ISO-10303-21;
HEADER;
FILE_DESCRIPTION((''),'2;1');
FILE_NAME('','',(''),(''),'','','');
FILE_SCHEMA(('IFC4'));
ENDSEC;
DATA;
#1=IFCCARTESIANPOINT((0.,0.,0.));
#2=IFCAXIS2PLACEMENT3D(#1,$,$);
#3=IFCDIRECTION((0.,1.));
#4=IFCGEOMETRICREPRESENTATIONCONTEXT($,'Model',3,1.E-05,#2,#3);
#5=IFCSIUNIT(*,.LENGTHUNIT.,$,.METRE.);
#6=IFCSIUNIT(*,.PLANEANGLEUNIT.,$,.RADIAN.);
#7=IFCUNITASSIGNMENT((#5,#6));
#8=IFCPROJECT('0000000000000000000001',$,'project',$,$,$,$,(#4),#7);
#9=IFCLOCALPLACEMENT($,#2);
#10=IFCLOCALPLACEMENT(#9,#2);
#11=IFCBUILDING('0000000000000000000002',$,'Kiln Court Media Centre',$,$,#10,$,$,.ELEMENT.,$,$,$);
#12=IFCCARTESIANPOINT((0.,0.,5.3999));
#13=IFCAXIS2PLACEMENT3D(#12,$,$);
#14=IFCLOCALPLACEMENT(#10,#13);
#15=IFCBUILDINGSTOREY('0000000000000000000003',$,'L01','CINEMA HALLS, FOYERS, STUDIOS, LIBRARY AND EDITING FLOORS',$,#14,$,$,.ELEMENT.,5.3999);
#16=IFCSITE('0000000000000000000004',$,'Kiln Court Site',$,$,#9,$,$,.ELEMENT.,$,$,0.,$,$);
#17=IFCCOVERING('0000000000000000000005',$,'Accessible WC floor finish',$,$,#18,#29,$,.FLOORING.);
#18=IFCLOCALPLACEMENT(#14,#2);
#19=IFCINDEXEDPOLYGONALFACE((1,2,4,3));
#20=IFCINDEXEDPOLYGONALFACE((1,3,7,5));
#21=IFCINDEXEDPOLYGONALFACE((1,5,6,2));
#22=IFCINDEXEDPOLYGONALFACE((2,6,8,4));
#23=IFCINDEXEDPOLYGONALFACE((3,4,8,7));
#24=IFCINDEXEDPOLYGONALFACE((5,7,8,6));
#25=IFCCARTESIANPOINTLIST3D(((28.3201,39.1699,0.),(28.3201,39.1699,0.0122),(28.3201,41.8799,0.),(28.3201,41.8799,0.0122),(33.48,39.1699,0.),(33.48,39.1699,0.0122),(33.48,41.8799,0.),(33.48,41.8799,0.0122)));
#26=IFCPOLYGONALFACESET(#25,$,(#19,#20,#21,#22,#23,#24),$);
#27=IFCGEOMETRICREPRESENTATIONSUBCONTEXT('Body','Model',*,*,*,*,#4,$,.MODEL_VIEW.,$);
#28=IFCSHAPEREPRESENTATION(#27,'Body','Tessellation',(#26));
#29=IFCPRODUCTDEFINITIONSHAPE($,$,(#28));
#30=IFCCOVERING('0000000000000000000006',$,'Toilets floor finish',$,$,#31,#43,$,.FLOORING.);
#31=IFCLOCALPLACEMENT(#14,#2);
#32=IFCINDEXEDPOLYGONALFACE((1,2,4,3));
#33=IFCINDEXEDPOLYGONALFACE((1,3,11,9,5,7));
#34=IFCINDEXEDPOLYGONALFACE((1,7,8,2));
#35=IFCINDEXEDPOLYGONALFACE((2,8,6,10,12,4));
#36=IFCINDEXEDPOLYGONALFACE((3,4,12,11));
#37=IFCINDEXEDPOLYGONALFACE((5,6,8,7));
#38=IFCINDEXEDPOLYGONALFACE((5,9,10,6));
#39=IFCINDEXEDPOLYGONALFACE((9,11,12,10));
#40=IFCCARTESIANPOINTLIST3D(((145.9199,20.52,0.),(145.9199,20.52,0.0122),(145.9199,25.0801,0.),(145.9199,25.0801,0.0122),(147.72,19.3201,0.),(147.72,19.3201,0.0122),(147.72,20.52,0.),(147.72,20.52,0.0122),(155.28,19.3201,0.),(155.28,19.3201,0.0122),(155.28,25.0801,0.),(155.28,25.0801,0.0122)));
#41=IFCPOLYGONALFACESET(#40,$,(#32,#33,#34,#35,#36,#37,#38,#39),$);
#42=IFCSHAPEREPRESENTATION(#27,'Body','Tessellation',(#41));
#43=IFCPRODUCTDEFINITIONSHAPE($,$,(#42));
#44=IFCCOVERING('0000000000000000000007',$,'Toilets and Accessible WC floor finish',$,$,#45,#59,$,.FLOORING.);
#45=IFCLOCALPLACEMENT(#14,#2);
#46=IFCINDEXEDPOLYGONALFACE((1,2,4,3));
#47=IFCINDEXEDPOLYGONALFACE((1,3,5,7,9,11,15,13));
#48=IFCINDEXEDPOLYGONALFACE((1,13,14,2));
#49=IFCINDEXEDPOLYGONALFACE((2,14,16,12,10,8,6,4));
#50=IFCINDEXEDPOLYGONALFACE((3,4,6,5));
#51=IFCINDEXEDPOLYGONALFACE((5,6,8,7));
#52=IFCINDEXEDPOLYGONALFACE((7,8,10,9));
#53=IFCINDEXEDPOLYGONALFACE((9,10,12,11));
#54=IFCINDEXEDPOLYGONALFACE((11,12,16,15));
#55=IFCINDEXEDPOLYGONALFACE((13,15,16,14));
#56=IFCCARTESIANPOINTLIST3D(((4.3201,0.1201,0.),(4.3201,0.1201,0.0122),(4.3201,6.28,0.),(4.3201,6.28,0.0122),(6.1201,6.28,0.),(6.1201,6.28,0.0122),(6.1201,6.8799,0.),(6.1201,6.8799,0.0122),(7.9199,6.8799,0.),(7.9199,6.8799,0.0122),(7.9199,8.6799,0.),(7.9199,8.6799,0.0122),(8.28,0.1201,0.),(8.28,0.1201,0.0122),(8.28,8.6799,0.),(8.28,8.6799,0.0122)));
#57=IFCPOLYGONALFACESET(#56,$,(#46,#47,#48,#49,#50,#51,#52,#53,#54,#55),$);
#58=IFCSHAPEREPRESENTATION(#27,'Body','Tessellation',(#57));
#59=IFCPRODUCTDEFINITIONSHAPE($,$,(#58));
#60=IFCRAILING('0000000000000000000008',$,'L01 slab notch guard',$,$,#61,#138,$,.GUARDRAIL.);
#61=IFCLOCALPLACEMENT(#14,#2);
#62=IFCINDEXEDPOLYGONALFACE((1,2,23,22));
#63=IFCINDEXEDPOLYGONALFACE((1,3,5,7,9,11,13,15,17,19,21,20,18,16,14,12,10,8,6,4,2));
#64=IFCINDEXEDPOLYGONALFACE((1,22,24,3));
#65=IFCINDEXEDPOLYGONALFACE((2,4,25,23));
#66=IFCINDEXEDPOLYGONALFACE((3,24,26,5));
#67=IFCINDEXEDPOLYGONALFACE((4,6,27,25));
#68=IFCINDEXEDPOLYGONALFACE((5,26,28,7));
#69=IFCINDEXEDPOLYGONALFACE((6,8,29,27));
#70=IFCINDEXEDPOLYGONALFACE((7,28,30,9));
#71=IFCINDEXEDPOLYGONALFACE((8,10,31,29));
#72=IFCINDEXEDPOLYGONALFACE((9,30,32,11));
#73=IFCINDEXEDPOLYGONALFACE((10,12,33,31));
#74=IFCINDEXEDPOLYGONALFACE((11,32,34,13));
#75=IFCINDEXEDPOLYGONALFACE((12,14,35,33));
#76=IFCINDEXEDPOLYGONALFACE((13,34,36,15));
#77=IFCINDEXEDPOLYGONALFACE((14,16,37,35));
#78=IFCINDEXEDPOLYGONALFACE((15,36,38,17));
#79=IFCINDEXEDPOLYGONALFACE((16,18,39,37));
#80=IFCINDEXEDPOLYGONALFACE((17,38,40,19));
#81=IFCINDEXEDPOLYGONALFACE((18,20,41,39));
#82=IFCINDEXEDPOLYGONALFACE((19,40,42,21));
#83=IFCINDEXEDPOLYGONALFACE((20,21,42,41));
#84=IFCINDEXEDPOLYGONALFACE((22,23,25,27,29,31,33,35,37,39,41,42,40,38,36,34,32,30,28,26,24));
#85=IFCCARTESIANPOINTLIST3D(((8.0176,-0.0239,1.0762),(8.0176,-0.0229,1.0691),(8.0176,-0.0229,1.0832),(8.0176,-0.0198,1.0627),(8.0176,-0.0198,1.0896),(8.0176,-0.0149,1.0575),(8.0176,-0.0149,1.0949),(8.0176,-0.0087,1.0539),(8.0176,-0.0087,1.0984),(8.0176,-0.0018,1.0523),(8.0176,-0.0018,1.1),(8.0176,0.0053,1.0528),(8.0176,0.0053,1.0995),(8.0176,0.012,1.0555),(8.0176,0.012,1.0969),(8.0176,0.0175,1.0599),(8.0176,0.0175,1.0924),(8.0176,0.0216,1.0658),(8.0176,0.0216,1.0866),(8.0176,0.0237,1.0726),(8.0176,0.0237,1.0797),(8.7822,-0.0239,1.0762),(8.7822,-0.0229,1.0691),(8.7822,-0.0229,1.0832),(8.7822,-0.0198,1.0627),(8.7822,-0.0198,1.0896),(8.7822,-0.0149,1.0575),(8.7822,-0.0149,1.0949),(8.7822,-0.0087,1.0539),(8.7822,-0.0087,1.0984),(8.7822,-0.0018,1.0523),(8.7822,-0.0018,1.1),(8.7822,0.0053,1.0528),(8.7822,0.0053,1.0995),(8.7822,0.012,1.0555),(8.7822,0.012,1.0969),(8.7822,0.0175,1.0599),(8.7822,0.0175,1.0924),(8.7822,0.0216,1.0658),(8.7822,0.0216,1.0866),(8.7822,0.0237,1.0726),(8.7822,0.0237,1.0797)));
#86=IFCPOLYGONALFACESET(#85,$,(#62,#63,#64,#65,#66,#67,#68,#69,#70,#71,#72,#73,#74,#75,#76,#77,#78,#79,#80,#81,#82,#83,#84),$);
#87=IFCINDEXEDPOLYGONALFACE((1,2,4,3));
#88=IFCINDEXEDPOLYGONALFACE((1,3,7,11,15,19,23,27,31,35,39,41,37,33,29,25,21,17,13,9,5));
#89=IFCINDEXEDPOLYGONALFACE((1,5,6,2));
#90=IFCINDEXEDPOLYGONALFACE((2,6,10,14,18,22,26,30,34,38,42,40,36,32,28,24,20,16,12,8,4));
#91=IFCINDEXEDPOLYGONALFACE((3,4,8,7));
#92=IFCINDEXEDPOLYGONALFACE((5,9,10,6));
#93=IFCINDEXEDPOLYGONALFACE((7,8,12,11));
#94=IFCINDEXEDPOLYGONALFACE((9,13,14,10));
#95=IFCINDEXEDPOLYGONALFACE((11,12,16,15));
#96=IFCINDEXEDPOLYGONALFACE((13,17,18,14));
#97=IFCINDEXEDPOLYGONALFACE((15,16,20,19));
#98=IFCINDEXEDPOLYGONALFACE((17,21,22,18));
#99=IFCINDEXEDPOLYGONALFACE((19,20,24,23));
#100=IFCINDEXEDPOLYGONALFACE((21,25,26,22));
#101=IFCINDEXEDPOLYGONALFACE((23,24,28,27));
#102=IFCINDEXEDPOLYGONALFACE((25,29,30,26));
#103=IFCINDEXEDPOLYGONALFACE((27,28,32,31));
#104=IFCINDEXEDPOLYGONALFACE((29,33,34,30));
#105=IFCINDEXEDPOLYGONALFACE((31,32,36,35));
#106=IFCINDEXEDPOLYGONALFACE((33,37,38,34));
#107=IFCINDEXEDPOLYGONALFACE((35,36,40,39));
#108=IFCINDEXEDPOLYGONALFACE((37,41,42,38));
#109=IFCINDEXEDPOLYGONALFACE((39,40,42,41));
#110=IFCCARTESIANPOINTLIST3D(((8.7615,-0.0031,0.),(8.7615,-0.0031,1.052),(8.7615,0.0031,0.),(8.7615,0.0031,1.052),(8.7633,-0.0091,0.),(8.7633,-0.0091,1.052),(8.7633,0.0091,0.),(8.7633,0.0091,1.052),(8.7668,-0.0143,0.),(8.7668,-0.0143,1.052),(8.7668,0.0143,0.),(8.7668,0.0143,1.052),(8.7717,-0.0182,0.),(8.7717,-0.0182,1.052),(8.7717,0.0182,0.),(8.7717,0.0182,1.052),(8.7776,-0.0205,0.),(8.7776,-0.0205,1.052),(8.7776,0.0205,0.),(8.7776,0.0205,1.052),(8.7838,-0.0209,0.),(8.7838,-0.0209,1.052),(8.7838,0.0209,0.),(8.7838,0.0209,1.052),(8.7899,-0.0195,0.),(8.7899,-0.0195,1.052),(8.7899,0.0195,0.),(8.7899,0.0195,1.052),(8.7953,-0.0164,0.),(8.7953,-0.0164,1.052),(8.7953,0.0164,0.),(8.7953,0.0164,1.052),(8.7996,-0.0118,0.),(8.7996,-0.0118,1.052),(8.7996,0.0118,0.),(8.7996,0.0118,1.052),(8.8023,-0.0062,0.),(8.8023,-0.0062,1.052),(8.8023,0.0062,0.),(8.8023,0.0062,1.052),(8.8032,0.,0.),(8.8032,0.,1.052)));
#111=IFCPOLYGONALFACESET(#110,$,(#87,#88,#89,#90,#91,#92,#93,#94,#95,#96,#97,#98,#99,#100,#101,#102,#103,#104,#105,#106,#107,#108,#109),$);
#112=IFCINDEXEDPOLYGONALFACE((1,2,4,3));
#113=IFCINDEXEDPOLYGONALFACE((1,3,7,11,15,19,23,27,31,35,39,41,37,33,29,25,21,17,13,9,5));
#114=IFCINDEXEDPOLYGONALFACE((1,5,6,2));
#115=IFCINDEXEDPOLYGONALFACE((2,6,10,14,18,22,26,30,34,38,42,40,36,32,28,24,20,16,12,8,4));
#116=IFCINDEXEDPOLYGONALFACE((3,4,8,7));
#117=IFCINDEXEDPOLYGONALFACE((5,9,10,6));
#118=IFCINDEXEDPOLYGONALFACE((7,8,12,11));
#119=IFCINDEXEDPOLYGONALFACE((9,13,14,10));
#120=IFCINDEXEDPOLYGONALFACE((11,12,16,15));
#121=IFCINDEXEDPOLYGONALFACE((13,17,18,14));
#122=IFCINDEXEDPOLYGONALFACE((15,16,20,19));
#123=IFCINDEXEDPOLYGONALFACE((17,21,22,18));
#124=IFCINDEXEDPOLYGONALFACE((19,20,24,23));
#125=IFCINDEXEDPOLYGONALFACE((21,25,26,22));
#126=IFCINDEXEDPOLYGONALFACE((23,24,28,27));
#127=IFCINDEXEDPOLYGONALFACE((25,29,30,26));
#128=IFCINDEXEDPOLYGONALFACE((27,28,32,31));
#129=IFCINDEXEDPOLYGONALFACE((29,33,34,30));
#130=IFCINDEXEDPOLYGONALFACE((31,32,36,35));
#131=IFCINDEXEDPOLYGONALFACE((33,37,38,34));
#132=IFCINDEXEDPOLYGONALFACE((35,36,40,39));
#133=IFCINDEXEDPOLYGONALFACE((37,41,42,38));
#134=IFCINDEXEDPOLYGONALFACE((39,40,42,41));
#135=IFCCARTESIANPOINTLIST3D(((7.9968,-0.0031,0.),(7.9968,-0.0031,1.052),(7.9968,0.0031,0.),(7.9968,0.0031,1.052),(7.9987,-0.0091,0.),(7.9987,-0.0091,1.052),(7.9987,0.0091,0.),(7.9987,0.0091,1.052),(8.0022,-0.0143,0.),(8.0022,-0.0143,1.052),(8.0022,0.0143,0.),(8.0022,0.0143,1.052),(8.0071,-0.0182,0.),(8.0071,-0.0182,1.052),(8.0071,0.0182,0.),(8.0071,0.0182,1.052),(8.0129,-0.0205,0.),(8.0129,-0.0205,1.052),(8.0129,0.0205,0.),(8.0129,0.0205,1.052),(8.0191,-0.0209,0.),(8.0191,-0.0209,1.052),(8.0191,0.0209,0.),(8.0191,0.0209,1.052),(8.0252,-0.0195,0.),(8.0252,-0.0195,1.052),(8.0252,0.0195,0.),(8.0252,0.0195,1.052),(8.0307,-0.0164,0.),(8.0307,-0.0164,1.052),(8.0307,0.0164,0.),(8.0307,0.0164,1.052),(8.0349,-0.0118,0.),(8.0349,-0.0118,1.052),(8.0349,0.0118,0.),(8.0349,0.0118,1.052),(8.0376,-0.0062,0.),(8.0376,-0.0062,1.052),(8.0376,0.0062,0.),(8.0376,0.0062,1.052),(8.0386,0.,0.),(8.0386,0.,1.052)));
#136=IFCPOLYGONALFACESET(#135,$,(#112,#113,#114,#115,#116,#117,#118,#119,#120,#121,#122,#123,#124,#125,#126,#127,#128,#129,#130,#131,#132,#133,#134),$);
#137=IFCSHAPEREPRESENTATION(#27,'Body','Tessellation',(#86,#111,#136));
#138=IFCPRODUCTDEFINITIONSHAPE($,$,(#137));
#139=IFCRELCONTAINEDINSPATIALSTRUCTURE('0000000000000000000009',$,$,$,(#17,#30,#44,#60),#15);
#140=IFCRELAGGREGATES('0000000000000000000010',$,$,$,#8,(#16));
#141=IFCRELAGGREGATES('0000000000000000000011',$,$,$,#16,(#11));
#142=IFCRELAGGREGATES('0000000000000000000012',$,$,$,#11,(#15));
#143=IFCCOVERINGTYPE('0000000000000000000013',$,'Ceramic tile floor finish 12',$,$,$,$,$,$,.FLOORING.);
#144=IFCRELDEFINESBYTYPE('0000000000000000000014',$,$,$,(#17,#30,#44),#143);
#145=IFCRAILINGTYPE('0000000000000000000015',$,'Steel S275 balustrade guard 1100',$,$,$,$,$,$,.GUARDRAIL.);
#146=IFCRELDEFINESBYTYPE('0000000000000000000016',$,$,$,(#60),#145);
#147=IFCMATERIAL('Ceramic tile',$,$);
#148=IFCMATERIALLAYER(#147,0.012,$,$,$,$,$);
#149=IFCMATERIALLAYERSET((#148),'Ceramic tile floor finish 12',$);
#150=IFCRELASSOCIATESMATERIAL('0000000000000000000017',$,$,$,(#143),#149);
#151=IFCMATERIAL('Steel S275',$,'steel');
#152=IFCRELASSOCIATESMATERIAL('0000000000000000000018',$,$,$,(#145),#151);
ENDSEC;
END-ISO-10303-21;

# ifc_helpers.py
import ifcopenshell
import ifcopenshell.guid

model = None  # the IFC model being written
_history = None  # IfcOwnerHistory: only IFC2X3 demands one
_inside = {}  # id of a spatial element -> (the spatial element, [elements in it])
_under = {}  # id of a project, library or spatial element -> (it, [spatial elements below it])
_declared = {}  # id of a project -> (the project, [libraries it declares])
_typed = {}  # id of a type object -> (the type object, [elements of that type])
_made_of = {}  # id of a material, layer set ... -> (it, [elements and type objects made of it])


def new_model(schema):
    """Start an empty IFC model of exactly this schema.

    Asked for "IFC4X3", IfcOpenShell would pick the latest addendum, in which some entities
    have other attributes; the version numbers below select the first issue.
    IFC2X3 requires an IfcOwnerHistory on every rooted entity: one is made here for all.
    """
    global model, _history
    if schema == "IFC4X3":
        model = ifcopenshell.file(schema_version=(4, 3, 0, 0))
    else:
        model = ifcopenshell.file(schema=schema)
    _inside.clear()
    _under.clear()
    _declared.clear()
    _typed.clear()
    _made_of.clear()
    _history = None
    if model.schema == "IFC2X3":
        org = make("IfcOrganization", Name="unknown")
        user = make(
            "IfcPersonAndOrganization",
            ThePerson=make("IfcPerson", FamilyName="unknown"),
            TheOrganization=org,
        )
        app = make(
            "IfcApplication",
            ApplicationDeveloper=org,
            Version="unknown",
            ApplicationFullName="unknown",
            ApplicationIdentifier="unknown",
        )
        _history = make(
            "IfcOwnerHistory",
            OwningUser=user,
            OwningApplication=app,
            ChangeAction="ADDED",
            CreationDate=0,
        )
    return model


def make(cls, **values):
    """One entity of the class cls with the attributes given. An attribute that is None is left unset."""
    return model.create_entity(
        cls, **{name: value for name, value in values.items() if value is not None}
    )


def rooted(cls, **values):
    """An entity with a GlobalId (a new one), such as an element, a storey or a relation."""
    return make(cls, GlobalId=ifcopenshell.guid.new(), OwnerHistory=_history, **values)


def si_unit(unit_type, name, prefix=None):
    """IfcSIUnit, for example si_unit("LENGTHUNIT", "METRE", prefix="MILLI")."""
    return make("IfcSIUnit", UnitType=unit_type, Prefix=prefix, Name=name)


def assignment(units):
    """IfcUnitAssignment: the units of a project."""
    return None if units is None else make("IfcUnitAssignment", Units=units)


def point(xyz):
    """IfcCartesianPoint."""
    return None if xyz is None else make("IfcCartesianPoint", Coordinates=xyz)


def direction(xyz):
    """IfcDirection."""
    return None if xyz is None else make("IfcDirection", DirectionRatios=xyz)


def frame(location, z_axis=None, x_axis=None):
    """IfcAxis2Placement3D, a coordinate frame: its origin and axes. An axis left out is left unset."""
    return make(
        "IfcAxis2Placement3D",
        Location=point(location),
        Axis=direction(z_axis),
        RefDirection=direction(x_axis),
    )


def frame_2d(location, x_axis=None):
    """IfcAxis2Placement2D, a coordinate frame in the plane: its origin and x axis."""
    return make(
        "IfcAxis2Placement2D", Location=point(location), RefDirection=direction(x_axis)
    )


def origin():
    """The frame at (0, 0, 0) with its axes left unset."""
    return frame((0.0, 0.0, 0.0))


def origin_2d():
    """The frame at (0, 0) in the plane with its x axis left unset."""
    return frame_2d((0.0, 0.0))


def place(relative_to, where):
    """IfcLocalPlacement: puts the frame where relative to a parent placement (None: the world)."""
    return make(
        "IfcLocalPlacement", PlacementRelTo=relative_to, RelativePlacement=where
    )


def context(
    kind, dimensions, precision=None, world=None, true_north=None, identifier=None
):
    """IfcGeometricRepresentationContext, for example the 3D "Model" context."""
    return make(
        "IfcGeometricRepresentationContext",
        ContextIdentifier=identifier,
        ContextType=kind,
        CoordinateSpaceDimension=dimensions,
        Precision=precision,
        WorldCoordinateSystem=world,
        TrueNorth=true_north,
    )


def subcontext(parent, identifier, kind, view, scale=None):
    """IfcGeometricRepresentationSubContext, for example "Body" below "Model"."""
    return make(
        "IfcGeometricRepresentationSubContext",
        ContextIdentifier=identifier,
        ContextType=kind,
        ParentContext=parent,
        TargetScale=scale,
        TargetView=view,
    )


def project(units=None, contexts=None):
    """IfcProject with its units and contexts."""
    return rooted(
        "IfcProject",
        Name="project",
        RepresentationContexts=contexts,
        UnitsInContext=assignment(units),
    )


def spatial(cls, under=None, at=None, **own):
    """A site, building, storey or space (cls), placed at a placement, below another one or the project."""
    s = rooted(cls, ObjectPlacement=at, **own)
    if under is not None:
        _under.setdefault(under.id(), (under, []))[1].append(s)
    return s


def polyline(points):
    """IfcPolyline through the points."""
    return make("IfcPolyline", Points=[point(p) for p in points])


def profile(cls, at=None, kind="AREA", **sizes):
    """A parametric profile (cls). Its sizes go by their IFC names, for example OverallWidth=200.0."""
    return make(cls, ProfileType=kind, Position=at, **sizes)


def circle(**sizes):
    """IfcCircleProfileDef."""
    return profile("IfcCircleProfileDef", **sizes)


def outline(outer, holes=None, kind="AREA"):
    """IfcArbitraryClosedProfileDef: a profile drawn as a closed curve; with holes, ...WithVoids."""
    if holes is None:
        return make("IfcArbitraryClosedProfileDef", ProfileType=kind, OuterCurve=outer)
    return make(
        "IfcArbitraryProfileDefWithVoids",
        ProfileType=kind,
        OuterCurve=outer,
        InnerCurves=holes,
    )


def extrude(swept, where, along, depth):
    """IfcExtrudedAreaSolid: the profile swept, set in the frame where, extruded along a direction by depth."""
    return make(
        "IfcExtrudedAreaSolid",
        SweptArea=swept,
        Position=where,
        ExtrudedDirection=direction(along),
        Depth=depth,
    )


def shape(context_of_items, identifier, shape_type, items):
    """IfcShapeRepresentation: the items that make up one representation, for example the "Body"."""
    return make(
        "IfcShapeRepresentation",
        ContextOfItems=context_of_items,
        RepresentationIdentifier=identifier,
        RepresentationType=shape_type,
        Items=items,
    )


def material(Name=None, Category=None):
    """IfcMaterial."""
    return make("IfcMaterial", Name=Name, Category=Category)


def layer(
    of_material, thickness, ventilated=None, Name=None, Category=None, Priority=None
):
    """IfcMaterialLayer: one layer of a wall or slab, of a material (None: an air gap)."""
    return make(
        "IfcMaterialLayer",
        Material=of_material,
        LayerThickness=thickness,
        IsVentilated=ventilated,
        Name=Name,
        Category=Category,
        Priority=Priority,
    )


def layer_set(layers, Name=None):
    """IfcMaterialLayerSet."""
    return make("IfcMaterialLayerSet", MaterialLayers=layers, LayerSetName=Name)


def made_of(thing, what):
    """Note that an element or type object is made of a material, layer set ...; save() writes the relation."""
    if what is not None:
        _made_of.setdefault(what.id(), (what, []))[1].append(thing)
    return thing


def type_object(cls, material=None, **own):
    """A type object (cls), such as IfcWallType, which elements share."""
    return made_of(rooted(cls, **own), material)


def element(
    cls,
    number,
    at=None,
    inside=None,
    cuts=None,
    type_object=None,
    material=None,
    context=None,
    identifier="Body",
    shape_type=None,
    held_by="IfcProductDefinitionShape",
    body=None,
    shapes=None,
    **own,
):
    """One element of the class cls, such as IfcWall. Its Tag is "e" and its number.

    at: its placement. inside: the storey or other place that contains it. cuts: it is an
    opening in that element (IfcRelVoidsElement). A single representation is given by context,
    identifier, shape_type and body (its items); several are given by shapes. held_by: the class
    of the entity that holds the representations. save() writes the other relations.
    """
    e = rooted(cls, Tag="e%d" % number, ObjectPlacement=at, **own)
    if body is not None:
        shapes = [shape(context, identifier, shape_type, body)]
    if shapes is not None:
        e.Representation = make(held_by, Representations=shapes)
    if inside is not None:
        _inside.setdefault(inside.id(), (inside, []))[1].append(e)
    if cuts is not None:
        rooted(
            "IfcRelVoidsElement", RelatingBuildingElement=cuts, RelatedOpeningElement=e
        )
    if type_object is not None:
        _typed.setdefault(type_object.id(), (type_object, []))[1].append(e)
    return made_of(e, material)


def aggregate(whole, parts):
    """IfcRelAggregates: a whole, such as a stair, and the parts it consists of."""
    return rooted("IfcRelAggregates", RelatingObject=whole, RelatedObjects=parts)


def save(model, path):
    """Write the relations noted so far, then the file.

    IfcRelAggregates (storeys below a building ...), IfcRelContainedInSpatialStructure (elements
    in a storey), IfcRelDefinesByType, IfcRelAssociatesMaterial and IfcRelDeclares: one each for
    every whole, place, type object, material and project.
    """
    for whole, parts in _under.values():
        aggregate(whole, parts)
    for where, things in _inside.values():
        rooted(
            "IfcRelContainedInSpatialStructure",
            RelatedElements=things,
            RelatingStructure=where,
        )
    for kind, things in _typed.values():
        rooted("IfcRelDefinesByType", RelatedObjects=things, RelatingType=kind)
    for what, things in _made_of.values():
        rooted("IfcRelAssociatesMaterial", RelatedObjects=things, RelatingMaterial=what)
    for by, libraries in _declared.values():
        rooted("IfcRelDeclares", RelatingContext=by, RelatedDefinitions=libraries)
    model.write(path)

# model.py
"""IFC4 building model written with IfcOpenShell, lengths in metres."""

from ifc_helpers import new_model, si_unit, direction, frame, origin, origin_2d, place, context, subcontext, project, spatial, polyline, circle, outline, extrude, material, layer, layer_set, type_object, element, save


model = new_model("IFC4")

# Units and contexts
model_context = context("Model", 3, precision=1e-05, world=origin(), true_north=direction((0.0, 1.0)))
body_context = subcontext(model_context, "Body", "Model", "MODEL_VIEW")
ifc_project = project(units=[si_unit("LENGTHUNIT", "METRE"), si_unit("PLANEANGLEUNIT", "RADIAN")], contexts=[model_context])

# Site, building, storey
site_placement = place(None, origin())
site = spatial("IfcSite", under=ifc_project, at=site_placement, Name="Kiln Court Site", CompositionType="ELEMENT", RefElevation=0.0)
building_placement = place(site_placement, origin())
building = spatial("IfcBuilding", under=site, at=building_placement, Name="Kiln Court Media Centre", CompositionType="ELEMENT")
storey_placement = place(building_placement, frame((0.0, 0.0, 5.3999)))
storey = spatial("IfcBuildingStorey", under=building, at=storey_placement, Name="L01", Description="CINEMA HALLS, FOYERS, STUDIOS, LIBRARY AND EDITING FLOORS", CompositionType="ELEMENT", Elevation=5.3999)

# Coverings
ifc_material_1 = material(Name="Ceramic tile")
ifc_layer_1 = layer(ifc_material_1, 0.012)
ifc_layer_set_1 = layer_set([ifc_layer_1], Name="Ceramic tile floor finish 12")
covering_type = type_object("IfcCoveringType", Name="Ceramic tile floor finish 12", PredefinedType="FLOORING", material=ifc_layer_set_1)
covering_1_placement = place(storey_placement, origin())
element("IfcCovering", 1, at=covering_1_placement, inside=storey, type_object=covering_type, Name="Accessible WC floor finish", PredefinedType="FLOORING", context=body_context, shape_type="SweptSolid", body=[
    extrude(outline(polyline([(33.48, 39.1699), (33.48, 41.8799), (28.3201, 41.8799), (28.3201, 39.1699), (33.48, 39.1699)])), origin(), (0.0, 0.0, 1.0), 0.0122),
])
covering_2_placement = place(storey_placement, origin())
element("IfcCovering", 2, at=covering_2_placement, inside=storey, type_object=covering_type, Name="Toilets floor finish", PredefinedType="FLOORING", context=body_context, shape_type="SweptSolid", body=[
    extrude(outline(polyline([(145.9199, 25.0801), (145.9199, 20.52), (147.72, 20.52), (147.72, 19.3201), (155.28, 19.3201), (155.28, 25.0801), (145.9199, 25.0801)])), origin(), (0.0, 0.0, 1.0), 0.0122),
])
covering_3_placement = place(storey_placement, origin())
element("IfcCovering", 3, at=covering_3_placement, inside=storey, type_object=covering_type, Name="Toilets and Accessible WC floor finish", PredefinedType="FLOORING", context=body_context, shape_type="SweptSolid", body=[
    extrude(outline(polyline([(8.28, 8.6799), (7.9199, 8.6799), (7.9199, 6.8799), (6.1201, 6.8799), (6.1201, 6.28), (4.3201, 6.28), (4.3201, 0.1201), (8.28, 0.1201), (8.28, 8.6799)])), origin(), (0.0, 0.0, 1.0), 0.0122),
])

# Railing
ifc_material_2 = material(Name="Steel S275", Category="steel")
railing_type_1 = type_object("IfcRailingType", Name="Steel S275 balustrade guard 1100", PredefinedType="GUARDRAIL", material=ifc_material_2)
railing_1_placement = place(storey_placement, frame((8.7822, 0.0, 0.0)))
element("IfcRailing", 4, at=railing_1_placement, inside=storey, type_object=railing_type_1, Name="L01 slab notch guard", PredefinedType="GUARDRAIL", context=body_context, shape_type="SweptSolid", body=[
    extrude(circle(Radius=0.0239, at=origin_2d()), frame((0.0, 0.0, 1.0762), z_axis=(-1.0, 0.0, 0.0), x_axis=(0.0, -1.0, 0.0)), (0.0, 0.0, 1.0), 0.7646),
    extrude(circle(Radius=0.021, at=origin_2d()), origin(), (0.0, 0.0, 1.0), 1.052),
    extrude(circle(Radius=0.021, at=origin_2d()), frame((-0.7646, 0.0, 0.0)), (0.0, 0.0, 1.0), 1.052),
])

save(model, "model.ifc")
